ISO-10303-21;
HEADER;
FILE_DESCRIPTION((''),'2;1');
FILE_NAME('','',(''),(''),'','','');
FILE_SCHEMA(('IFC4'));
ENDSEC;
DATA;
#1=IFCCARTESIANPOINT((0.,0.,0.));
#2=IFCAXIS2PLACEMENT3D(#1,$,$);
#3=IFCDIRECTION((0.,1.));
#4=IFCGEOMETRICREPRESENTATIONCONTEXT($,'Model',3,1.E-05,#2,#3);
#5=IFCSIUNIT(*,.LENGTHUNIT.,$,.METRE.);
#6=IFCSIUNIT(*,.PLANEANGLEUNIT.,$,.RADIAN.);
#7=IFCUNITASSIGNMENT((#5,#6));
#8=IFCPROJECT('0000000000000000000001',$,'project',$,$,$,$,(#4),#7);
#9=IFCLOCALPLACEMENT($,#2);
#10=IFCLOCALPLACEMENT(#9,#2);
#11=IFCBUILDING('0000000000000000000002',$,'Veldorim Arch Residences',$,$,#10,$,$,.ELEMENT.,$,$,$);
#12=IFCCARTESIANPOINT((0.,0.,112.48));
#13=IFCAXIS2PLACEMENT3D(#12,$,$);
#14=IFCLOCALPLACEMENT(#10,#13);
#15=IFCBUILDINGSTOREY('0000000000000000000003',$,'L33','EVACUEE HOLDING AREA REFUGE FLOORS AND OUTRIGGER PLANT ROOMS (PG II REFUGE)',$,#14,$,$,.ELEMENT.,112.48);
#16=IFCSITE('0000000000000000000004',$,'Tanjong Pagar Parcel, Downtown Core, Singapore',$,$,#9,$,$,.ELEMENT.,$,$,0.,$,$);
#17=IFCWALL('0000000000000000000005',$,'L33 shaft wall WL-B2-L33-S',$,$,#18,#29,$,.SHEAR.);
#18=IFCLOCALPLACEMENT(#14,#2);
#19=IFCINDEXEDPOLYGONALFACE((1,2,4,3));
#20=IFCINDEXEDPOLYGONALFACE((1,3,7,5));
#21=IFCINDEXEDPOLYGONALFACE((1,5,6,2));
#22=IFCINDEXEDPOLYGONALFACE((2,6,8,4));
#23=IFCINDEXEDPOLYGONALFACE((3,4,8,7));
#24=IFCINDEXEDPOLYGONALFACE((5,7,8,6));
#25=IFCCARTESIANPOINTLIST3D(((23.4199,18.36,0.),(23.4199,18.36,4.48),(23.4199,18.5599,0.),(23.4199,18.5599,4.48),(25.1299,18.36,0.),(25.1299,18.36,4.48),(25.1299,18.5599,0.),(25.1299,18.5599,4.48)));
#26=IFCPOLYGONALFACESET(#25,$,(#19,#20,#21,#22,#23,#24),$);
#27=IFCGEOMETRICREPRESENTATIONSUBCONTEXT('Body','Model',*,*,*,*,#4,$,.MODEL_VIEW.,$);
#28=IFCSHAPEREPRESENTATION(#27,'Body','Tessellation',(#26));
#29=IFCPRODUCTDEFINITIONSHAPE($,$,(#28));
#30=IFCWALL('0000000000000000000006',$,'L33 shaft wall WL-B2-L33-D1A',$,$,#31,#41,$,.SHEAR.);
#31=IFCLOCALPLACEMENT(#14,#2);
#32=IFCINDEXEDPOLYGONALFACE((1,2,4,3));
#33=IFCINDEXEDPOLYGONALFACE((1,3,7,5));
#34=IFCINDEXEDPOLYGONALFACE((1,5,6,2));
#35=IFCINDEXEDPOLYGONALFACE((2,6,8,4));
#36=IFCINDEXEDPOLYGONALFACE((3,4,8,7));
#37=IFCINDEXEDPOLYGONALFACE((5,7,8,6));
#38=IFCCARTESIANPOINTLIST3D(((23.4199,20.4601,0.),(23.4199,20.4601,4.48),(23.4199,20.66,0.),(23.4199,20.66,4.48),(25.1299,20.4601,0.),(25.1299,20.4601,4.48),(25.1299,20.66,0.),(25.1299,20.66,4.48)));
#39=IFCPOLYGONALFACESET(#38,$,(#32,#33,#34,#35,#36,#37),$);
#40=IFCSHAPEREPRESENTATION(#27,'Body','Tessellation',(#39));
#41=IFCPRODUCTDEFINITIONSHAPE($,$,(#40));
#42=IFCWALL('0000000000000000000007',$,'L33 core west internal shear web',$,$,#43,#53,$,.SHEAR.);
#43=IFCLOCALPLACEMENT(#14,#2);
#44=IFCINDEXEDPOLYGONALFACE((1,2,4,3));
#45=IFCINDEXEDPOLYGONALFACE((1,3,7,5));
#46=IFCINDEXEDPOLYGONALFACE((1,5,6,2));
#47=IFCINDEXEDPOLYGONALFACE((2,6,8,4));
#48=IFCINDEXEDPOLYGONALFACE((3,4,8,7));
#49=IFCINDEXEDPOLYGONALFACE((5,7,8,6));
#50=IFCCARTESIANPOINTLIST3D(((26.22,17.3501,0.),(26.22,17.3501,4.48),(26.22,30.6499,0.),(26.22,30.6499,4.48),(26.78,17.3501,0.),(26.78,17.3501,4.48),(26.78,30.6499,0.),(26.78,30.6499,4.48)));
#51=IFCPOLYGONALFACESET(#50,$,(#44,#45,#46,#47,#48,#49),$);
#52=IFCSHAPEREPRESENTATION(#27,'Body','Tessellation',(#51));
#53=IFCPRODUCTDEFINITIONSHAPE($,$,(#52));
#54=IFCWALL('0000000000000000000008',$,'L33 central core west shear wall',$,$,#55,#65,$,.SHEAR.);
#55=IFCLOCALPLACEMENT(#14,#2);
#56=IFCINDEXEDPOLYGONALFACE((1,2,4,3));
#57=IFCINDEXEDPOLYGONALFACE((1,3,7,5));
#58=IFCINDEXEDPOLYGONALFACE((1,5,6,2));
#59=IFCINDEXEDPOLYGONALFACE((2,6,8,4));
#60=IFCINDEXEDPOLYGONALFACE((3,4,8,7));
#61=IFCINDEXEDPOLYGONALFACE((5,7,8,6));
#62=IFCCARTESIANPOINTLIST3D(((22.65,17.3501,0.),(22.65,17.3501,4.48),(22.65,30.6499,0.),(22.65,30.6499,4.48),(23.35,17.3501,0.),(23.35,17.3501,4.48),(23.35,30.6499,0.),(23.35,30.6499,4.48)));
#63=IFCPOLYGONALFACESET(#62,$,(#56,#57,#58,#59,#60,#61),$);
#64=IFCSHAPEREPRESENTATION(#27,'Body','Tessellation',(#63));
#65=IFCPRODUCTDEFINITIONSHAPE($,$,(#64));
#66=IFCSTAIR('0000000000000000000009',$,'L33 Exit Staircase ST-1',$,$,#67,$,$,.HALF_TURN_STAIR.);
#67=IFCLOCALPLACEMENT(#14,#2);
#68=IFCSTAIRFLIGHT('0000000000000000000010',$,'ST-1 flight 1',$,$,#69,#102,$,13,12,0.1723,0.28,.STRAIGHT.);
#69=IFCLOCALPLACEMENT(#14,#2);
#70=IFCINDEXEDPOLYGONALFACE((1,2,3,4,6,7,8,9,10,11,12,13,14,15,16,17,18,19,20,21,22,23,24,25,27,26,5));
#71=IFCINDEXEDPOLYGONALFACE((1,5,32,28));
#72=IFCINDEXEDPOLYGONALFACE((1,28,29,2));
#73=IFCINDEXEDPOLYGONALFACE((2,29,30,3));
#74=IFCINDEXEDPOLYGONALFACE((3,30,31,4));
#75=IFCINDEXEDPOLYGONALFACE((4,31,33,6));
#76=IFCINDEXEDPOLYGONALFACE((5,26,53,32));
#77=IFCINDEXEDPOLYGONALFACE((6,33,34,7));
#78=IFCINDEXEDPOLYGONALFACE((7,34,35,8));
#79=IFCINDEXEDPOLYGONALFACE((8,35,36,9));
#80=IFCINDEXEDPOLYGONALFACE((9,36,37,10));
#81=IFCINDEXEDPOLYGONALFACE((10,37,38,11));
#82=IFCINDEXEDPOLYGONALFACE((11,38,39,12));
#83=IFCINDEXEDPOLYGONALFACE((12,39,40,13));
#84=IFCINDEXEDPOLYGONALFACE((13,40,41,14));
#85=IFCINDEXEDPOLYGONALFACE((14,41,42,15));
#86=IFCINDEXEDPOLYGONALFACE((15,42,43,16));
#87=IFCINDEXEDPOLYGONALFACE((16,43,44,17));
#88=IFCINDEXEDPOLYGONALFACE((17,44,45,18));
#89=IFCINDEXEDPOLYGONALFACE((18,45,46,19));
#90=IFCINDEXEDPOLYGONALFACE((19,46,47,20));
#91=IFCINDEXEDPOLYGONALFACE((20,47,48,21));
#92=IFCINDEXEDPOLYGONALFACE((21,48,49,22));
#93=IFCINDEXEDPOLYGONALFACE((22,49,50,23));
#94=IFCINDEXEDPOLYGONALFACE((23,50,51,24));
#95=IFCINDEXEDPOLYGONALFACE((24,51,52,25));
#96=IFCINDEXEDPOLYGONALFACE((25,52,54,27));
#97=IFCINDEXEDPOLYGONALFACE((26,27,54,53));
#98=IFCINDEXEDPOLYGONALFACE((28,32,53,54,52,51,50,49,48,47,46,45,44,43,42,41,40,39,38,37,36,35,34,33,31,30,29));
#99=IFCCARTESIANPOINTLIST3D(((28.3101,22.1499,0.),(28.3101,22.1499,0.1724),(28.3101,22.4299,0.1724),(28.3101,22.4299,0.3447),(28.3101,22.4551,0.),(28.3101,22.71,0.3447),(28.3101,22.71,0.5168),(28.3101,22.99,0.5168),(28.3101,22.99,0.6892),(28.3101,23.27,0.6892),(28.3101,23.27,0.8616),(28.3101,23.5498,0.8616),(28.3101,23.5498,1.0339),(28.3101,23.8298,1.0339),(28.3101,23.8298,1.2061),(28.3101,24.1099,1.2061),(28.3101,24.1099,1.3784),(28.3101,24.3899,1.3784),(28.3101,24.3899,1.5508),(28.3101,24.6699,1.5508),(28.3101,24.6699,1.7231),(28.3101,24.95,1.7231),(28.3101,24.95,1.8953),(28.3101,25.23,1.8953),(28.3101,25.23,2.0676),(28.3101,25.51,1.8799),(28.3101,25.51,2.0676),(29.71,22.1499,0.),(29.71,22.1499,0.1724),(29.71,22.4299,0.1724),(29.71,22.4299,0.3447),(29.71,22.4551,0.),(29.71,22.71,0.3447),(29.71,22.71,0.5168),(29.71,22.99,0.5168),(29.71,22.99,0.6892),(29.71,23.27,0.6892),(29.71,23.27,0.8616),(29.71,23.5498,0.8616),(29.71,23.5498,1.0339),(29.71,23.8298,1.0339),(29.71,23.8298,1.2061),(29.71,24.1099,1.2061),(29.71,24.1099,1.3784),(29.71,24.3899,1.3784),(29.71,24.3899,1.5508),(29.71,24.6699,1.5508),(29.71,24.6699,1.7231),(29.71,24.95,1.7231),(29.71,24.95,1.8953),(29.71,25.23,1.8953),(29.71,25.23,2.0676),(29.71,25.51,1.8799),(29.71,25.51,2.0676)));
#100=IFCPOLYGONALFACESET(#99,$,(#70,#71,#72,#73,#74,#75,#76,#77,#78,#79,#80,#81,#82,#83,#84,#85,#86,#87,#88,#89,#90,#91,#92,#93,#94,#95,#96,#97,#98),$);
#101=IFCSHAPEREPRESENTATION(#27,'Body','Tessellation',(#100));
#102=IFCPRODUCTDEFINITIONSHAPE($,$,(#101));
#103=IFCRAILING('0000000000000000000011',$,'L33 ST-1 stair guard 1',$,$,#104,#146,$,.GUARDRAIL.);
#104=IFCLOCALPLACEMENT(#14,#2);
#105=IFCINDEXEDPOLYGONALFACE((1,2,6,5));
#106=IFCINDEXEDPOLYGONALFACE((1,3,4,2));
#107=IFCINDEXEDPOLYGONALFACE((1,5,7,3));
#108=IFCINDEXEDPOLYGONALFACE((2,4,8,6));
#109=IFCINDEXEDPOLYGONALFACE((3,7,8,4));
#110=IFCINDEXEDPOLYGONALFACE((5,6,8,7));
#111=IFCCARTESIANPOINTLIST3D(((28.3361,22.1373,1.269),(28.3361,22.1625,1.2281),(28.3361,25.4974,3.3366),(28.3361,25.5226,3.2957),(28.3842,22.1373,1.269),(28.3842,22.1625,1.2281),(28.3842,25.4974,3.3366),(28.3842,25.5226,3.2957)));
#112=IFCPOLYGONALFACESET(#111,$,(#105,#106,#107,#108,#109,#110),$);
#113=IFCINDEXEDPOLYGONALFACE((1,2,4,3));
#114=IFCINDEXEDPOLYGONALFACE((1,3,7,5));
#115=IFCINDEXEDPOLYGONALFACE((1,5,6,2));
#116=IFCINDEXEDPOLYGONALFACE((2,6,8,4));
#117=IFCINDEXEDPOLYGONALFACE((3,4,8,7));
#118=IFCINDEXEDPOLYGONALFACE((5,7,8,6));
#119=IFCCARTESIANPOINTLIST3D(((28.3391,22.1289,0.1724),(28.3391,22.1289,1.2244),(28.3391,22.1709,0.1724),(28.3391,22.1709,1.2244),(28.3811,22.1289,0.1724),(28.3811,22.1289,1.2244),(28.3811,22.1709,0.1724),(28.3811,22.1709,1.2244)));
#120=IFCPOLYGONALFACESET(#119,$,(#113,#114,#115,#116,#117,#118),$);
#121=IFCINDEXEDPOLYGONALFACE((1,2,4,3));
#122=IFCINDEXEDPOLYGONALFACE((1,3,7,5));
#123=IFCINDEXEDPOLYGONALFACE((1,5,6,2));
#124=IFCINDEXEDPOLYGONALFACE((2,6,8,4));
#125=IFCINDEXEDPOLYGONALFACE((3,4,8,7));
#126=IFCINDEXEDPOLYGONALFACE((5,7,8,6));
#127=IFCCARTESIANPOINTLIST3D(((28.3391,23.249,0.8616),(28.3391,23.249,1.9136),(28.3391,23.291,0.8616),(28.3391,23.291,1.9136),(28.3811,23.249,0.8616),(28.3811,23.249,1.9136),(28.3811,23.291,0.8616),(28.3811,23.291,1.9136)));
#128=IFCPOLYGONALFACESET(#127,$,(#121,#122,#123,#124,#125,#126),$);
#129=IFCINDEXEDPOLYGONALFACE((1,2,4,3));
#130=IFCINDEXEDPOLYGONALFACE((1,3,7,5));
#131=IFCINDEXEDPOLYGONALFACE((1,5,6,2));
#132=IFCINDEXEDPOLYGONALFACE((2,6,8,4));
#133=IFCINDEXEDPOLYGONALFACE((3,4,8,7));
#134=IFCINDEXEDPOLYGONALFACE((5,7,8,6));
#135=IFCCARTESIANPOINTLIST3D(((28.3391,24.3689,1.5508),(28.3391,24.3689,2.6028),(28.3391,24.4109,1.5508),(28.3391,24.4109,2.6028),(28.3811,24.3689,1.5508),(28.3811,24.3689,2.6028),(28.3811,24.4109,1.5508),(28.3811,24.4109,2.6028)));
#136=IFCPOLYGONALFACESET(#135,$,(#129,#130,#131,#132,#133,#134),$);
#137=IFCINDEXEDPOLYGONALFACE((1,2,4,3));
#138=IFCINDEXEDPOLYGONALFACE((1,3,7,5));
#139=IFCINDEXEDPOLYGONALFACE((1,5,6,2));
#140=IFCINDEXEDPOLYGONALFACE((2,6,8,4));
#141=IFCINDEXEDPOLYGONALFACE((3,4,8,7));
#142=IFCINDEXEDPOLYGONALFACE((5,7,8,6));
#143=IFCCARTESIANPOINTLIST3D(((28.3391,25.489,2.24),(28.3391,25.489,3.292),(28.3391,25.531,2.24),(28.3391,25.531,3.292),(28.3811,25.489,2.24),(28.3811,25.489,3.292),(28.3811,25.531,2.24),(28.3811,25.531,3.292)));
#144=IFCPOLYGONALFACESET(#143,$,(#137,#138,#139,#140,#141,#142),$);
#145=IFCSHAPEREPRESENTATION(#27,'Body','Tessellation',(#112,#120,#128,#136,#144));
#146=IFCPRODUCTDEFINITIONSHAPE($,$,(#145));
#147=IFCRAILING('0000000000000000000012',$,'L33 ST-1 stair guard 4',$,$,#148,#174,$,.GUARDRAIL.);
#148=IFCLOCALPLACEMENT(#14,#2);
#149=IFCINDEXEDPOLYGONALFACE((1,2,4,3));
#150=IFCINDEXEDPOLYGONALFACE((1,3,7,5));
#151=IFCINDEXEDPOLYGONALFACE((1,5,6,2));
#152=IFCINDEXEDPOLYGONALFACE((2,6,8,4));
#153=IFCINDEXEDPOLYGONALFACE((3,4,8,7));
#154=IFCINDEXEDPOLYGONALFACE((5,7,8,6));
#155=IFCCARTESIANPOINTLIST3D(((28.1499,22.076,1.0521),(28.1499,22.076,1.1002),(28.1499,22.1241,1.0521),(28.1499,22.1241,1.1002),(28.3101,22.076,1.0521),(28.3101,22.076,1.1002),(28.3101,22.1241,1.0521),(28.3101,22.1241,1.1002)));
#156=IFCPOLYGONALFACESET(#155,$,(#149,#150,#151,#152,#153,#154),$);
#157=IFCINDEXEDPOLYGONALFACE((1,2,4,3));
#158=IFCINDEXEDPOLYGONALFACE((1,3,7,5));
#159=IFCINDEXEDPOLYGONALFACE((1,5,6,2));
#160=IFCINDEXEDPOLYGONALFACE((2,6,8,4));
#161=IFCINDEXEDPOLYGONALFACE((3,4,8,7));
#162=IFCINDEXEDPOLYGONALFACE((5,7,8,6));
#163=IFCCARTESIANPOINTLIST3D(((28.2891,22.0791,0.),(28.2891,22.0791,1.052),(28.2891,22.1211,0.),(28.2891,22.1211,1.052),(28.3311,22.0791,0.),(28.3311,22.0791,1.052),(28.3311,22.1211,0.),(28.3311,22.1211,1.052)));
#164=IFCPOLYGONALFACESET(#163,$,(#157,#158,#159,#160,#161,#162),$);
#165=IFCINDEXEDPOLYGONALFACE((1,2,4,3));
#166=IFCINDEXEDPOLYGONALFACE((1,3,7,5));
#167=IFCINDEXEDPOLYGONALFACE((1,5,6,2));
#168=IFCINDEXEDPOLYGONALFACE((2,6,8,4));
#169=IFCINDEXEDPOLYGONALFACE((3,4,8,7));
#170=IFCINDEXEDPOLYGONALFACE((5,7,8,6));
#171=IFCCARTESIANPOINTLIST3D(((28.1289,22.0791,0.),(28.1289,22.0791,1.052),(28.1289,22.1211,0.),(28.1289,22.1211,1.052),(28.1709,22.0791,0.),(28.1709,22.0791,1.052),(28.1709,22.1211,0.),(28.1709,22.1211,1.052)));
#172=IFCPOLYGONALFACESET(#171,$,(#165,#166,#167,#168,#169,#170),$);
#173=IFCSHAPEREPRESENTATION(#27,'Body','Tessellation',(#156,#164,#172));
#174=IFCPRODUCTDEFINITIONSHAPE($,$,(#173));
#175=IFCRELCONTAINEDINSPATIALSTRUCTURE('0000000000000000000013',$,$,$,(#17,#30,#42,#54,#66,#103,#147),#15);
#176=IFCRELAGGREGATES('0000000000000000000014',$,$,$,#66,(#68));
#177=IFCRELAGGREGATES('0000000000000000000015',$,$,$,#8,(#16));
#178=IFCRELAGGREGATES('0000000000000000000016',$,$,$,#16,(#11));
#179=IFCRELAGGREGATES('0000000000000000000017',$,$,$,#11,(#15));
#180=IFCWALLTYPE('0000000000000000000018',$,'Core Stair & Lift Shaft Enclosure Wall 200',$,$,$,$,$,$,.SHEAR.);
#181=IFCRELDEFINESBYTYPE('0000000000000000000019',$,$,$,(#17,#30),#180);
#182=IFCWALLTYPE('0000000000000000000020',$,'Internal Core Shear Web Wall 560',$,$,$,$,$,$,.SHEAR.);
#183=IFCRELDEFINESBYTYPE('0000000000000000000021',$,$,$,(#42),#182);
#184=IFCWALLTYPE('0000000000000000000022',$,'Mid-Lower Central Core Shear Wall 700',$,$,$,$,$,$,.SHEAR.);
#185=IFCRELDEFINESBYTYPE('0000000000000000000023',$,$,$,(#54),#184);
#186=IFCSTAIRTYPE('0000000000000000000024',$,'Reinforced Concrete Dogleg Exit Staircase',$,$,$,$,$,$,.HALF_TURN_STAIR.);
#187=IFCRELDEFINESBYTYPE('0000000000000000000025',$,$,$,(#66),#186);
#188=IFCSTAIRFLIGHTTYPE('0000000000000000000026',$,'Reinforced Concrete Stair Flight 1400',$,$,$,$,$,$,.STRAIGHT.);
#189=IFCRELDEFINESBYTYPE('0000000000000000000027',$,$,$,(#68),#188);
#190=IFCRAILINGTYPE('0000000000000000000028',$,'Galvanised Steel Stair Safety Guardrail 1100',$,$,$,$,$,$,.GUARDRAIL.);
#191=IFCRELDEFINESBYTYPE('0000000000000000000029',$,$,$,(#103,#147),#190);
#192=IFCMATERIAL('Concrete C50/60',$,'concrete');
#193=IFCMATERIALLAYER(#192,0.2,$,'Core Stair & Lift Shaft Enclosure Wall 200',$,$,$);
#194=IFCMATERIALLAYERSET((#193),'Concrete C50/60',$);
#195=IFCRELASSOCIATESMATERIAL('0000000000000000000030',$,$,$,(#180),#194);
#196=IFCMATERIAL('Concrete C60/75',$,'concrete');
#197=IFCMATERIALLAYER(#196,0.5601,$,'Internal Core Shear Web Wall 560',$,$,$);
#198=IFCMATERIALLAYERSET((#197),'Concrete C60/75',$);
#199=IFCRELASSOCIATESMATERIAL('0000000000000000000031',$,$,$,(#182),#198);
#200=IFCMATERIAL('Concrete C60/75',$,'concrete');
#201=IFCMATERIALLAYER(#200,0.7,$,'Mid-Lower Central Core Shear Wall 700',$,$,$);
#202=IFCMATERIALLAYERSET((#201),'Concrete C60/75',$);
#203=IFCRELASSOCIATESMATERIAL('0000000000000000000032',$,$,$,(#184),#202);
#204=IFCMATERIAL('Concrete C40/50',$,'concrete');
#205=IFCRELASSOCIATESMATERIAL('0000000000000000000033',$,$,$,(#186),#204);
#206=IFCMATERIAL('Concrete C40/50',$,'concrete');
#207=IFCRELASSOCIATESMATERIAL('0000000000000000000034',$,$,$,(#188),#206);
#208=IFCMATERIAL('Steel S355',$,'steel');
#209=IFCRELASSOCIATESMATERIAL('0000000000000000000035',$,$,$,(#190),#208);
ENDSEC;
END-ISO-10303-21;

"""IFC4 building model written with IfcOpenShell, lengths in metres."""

from ifc_helpers import new_model, si_unit, direction, frame, frame_2d, origin, origin_2d, place, context, subcontext, project, spatial, polyline, rectangle, outline, extrude, material, layer, layer_set, type_object, element, aggregate, save


model = new_model("IFC4")

# Units and contexts
model_context = context("Model", 3, precision=1e-05, world=origin(), true_north=direction((0.0, 1.0)))
body_context = subcontext(model_context, "Body", "Model", "MODEL_VIEW")
ifc_project = project(units=[si_unit("LENGTHUNIT", "METRE"), si_unit("PLANEANGLEUNIT", "RADIAN")], contexts=[model_context])

# Site, building, storey
site_placement = place(None, origin())
site = spatial("IfcSite", under=ifc_project, at=site_placement, Name="Tanjong Pagar Parcel, Downtown Core, Singapore", CompositionType="ELEMENT", RefElevation=0.0)
building_placement = place(site_placement, origin())
building = spatial("IfcBuilding", under=site, at=building_placement, Name="Veldorim Arch Residences", CompositionType="ELEMENT")
storey_placement = place(building_placement, frame((0.0, 0.0, 112.48)))
storey = spatial("IfcBuildingStorey", under=building, at=storey_placement, Name="L33", Description="EVACUEE HOLDING AREA REFUGE FLOORS AND OUTRIGGER PLANT ROOMS (PG II REFUGE)", CompositionType="ELEMENT", Elevation=112.48)

# Shared definitions
ifc_material_1 = material(Name="Concrete C50/60", Category="concrete")
ifc_layer_1 = layer(ifc_material_1, 0.2, Name="Core Stair & Lift Shaft Enclosure Wall 200")
ifc_layer_set_1 = layer_set([ifc_layer_1], Name="Concrete C50/60")
wall_type_1 = type_object("IfcWallType", Name="Core Stair & Lift Shaft Enclosure Wall 200", PredefinedType="SHEAR", material=ifc_layer_set_1)

# Walls
for number, where, z_axis, x_axis, name in (
    (1, (23.4199, 18.46, 0.0), (0.0, 0.0, 1.0), (1.0, 0.0, 0.0), "L33 shaft wall WL-B2-L33-S"),
    (2, (23.4199, 20.5601, 0.0), (0.0, 0.0, 1.0), (1.0, 0.0, 0.0), "L33 shaft wall WL-B2-L33-D1A"),
):
    element("IfcWall", number, at=place(storey_placement, frame(where, z_axis=z_axis, x_axis=x_axis)), inside=storey, type_object=wall_type_1, Name=name, PredefinedType="SHEAR", context=body_context, shape_type="SweptSolid", body=[
        extrude(rectangle(XDim=1.71, YDim=0.2, at=frame_2d((0.855, 0.0))), origin(), (0.0, 0.0, 1.0), 4.48),
    ])
ifc_material_2 = material(Name="Concrete C60/75", Category="concrete")
ifc_layer_2 = layer(ifc_material_2, 0.5601, Name="Internal Core Shear Web Wall 560")
ifc_layer_set_2 = layer_set([ifc_layer_2], Name="Concrete C60/75")
wall_type_2 = type_object("IfcWallType", Name="Internal Core Shear Web Wall 560", PredefinedType="SHEAR", material=ifc_layer_set_2)
wall_1_placement = place(storey_placement, frame((26.5, 17.3501, 0.0), z_axis=(0.0, 0.0, 1.0), x_axis=(0.0, 1.0, 0.0)))
element("IfcWall", 3, at=wall_1_placement, inside=storey, type_object=wall_type_2, Name="L33 core west internal shear web", PredefinedType="SHEAR", context=body_context, shape_type="SweptSolid", body=[
    extrude(rectangle(XDim=13.2998, YDim=0.5601, at=frame_2d((6.6499, 0.0))), origin(), (0.0, 0.0, 1.0), 4.48),
])
ifc_material_3 = material(Name="Concrete C60/75", Category="concrete")
ifc_layer_3 = layer(ifc_material_3, 0.7, Name="Mid-Lower Central Core Shear Wall 700")
ifc_layer_set_3 = layer_set([ifc_layer_3], Name="Concrete C60/75")
wall_type_3 = type_object("IfcWallType", Name="Mid-Lower Central Core Shear Wall 700", PredefinedType="SHEAR", material=ifc_layer_set_3)
wall_2_placement = place(storey_placement, frame((23.0, 17.3501, 0.0), z_axis=(0.0, 0.0, 1.0), x_axis=(0.0, 1.0, 0.0)))
element("IfcWall", 4, at=wall_2_placement, inside=storey, type_object=wall_type_3, Name="L33 central core west shear wall", PredefinedType="SHEAR", context=body_context, shape_type="SweptSolid", body=[
    extrude(rectangle(XDim=13.2998, YDim=0.7, at=frame_2d((6.6499, 0.0))), origin(), (0.0, 0.0, 1.0), 4.48),
])

# Stair, stair flight
ifc_material_4 = material(Name="Concrete C40/50", Category="concrete")
stair_type = type_object("IfcStairType", Name="Reinforced Concrete Dogleg Exit Staircase", PredefinedType="HALF_TURN_STAIR", material=ifc_material_4)
stair_placement = place(storey_placement, origin())
stair = element("IfcStair", 5, at=stair_placement, inside=storey, type_object=stair_type, Name="L33 Exit Staircase ST-1", PredefinedType="HALF_TURN_STAIR")
ifc_material_5 = material(Name="Concrete C40/50", Category="concrete")
stair_flight_type = type_object("IfcStairFlightType", Name="Reinforced Concrete Stair Flight 1400", PredefinedType="STRAIGHT", material=ifc_material_5)
stair_flight_placement = place(storey_placement, frame((29.01, 22.1499, 0.0), z_axis=(0.0, 0.0, 1.0), x_axis=(0.0, 1.0, 0.0)))
stair_flight = element("IfcStairFlight", 6, at=stair_flight_placement, type_object=stair_flight_type, Name="ST-1 flight 1", NumberOfRisers=13, NumberOfTreads=12, PredefinedType="STRAIGHT", RiserHeight=0.1723, TreadLength=0.28, context=body_context, shape_type="SweptSolid", body=[
    extrude(outline(polyline([(0.0, 0.0), (0.0, 0.1724), (0.28, 0.1724), (0.28, 0.3447), (0.5601, 0.3447), (0.5601, 0.5168), (0.8401, 0.5168), (0.8401, 0.6892), (1.1201, 0.6892), (1.1201, 0.8616), (1.3999, 0.8616), (1.3999, 1.0339), (1.6799, 1.0339), (1.6799, 1.2061), (1.96, 1.2061), (1.96, 1.3784), (2.24, 1.3784), (2.24, 1.5508), (2.52, 1.5508), (2.52, 1.7231), (2.8, 1.7231), (2.8, 1.8953), (3.0801, 1.8953), (3.0801, 2.0676), (3.3601, 2.0676), (3.3601, 2.24), (3.3601, 1.8799), (0.3052, 0.0), (0.0, 0.0)])), frame((0.0, 0.7, 0.0), z_axis=(0.0, -1.0, 0.0), x_axis=(1.0, 0.0, 0.0)), (0.0, 0.0, 1.0), 1.3999),
])
aggregate(stair, [stair_flight])

# Railings
ifc_material_6 = material(Name="Steel S355", Category="steel")
railing_type_1 = type_object("IfcRailingType", Name="Galvanised Steel Stair Safety Guardrail 1100", PredefinedType="GUARDRAIL", material=ifc_material_6)
railing_1_placement = place(storey_placement, frame((28.3601, 22.1499, 0.1724)))
element("IfcRailing", 7, at=railing_1_placement, inside=storey, type_object=railing_type_1, Name="L33 ST-1 stair guard 1", PredefinedType="GUARDRAIL", context=body_context, shape_type="SweptSolid", body=[
    extrude(rectangle(XDim=0.0481, YDim=0.0481, at=origin_2d()), frame((0.0, 0.0, 1.0762), z_axis=(0.0, 0.851673, 0.524073), x_axis=(-1.0, 0.0, 0.0)), (0.0, 0.0, 1.0), 3.9453),
    extrude(rectangle(XDim=0.042, YDim=0.042, at=origin_2d()), origin(), (0.0, 0.0, 1.0), 1.052),
    extrude(rectangle(XDim=0.042, YDim=0.042, at=origin_2d()), frame((0.0, 1.1201, 0.6892)), (0.0, 0.0, 1.0), 1.052),
    extrude(rectangle(XDim=0.042, YDim=0.042, at=origin_2d()), frame((0.0, 2.24, 1.3784)), (0.0, 0.0, 1.0), 1.052),
    extrude(rectangle(XDim=0.042, YDim=0.042, at=origin_2d()), frame((0.0, 3.3601, 2.0676)), (0.0, 0.0, 1.0), 1.052),
])
railing_2_placement = place(storey_placement, frame((28.3101, 22.1001, 0.0)))
element("IfcRailing", 8, at=railing_2_placement, inside=storey, type_object=railing_type_1, Name="L33 ST-1 stair guard 4", PredefinedType="GUARDRAIL", context=body_context, shape_type="SweptSolid", body=[
    extrude(rectangle(XDim=0.0481, YDim=0.0481, at=origin_2d()), frame((0.0, 0.0, 1.0762), z_axis=(-1.0, 0.0, 0.0), x_axis=(0.0, -1.0, 0.0)), (0.0, 0.0, 1.0), 0.1602),
    extrude(rectangle(XDim=0.042, YDim=0.042, at=origin_2d()), origin(), (0.0, 0.0, 1.0), 1.052),
    extrude(rectangle(XDim=0.042, YDim=0.042, at=origin_2d()), frame((-0.1602, 0.0, 0.0)), (0.0, 0.0, 1.0), 1.052),
])

save(model, "model.ifc")
